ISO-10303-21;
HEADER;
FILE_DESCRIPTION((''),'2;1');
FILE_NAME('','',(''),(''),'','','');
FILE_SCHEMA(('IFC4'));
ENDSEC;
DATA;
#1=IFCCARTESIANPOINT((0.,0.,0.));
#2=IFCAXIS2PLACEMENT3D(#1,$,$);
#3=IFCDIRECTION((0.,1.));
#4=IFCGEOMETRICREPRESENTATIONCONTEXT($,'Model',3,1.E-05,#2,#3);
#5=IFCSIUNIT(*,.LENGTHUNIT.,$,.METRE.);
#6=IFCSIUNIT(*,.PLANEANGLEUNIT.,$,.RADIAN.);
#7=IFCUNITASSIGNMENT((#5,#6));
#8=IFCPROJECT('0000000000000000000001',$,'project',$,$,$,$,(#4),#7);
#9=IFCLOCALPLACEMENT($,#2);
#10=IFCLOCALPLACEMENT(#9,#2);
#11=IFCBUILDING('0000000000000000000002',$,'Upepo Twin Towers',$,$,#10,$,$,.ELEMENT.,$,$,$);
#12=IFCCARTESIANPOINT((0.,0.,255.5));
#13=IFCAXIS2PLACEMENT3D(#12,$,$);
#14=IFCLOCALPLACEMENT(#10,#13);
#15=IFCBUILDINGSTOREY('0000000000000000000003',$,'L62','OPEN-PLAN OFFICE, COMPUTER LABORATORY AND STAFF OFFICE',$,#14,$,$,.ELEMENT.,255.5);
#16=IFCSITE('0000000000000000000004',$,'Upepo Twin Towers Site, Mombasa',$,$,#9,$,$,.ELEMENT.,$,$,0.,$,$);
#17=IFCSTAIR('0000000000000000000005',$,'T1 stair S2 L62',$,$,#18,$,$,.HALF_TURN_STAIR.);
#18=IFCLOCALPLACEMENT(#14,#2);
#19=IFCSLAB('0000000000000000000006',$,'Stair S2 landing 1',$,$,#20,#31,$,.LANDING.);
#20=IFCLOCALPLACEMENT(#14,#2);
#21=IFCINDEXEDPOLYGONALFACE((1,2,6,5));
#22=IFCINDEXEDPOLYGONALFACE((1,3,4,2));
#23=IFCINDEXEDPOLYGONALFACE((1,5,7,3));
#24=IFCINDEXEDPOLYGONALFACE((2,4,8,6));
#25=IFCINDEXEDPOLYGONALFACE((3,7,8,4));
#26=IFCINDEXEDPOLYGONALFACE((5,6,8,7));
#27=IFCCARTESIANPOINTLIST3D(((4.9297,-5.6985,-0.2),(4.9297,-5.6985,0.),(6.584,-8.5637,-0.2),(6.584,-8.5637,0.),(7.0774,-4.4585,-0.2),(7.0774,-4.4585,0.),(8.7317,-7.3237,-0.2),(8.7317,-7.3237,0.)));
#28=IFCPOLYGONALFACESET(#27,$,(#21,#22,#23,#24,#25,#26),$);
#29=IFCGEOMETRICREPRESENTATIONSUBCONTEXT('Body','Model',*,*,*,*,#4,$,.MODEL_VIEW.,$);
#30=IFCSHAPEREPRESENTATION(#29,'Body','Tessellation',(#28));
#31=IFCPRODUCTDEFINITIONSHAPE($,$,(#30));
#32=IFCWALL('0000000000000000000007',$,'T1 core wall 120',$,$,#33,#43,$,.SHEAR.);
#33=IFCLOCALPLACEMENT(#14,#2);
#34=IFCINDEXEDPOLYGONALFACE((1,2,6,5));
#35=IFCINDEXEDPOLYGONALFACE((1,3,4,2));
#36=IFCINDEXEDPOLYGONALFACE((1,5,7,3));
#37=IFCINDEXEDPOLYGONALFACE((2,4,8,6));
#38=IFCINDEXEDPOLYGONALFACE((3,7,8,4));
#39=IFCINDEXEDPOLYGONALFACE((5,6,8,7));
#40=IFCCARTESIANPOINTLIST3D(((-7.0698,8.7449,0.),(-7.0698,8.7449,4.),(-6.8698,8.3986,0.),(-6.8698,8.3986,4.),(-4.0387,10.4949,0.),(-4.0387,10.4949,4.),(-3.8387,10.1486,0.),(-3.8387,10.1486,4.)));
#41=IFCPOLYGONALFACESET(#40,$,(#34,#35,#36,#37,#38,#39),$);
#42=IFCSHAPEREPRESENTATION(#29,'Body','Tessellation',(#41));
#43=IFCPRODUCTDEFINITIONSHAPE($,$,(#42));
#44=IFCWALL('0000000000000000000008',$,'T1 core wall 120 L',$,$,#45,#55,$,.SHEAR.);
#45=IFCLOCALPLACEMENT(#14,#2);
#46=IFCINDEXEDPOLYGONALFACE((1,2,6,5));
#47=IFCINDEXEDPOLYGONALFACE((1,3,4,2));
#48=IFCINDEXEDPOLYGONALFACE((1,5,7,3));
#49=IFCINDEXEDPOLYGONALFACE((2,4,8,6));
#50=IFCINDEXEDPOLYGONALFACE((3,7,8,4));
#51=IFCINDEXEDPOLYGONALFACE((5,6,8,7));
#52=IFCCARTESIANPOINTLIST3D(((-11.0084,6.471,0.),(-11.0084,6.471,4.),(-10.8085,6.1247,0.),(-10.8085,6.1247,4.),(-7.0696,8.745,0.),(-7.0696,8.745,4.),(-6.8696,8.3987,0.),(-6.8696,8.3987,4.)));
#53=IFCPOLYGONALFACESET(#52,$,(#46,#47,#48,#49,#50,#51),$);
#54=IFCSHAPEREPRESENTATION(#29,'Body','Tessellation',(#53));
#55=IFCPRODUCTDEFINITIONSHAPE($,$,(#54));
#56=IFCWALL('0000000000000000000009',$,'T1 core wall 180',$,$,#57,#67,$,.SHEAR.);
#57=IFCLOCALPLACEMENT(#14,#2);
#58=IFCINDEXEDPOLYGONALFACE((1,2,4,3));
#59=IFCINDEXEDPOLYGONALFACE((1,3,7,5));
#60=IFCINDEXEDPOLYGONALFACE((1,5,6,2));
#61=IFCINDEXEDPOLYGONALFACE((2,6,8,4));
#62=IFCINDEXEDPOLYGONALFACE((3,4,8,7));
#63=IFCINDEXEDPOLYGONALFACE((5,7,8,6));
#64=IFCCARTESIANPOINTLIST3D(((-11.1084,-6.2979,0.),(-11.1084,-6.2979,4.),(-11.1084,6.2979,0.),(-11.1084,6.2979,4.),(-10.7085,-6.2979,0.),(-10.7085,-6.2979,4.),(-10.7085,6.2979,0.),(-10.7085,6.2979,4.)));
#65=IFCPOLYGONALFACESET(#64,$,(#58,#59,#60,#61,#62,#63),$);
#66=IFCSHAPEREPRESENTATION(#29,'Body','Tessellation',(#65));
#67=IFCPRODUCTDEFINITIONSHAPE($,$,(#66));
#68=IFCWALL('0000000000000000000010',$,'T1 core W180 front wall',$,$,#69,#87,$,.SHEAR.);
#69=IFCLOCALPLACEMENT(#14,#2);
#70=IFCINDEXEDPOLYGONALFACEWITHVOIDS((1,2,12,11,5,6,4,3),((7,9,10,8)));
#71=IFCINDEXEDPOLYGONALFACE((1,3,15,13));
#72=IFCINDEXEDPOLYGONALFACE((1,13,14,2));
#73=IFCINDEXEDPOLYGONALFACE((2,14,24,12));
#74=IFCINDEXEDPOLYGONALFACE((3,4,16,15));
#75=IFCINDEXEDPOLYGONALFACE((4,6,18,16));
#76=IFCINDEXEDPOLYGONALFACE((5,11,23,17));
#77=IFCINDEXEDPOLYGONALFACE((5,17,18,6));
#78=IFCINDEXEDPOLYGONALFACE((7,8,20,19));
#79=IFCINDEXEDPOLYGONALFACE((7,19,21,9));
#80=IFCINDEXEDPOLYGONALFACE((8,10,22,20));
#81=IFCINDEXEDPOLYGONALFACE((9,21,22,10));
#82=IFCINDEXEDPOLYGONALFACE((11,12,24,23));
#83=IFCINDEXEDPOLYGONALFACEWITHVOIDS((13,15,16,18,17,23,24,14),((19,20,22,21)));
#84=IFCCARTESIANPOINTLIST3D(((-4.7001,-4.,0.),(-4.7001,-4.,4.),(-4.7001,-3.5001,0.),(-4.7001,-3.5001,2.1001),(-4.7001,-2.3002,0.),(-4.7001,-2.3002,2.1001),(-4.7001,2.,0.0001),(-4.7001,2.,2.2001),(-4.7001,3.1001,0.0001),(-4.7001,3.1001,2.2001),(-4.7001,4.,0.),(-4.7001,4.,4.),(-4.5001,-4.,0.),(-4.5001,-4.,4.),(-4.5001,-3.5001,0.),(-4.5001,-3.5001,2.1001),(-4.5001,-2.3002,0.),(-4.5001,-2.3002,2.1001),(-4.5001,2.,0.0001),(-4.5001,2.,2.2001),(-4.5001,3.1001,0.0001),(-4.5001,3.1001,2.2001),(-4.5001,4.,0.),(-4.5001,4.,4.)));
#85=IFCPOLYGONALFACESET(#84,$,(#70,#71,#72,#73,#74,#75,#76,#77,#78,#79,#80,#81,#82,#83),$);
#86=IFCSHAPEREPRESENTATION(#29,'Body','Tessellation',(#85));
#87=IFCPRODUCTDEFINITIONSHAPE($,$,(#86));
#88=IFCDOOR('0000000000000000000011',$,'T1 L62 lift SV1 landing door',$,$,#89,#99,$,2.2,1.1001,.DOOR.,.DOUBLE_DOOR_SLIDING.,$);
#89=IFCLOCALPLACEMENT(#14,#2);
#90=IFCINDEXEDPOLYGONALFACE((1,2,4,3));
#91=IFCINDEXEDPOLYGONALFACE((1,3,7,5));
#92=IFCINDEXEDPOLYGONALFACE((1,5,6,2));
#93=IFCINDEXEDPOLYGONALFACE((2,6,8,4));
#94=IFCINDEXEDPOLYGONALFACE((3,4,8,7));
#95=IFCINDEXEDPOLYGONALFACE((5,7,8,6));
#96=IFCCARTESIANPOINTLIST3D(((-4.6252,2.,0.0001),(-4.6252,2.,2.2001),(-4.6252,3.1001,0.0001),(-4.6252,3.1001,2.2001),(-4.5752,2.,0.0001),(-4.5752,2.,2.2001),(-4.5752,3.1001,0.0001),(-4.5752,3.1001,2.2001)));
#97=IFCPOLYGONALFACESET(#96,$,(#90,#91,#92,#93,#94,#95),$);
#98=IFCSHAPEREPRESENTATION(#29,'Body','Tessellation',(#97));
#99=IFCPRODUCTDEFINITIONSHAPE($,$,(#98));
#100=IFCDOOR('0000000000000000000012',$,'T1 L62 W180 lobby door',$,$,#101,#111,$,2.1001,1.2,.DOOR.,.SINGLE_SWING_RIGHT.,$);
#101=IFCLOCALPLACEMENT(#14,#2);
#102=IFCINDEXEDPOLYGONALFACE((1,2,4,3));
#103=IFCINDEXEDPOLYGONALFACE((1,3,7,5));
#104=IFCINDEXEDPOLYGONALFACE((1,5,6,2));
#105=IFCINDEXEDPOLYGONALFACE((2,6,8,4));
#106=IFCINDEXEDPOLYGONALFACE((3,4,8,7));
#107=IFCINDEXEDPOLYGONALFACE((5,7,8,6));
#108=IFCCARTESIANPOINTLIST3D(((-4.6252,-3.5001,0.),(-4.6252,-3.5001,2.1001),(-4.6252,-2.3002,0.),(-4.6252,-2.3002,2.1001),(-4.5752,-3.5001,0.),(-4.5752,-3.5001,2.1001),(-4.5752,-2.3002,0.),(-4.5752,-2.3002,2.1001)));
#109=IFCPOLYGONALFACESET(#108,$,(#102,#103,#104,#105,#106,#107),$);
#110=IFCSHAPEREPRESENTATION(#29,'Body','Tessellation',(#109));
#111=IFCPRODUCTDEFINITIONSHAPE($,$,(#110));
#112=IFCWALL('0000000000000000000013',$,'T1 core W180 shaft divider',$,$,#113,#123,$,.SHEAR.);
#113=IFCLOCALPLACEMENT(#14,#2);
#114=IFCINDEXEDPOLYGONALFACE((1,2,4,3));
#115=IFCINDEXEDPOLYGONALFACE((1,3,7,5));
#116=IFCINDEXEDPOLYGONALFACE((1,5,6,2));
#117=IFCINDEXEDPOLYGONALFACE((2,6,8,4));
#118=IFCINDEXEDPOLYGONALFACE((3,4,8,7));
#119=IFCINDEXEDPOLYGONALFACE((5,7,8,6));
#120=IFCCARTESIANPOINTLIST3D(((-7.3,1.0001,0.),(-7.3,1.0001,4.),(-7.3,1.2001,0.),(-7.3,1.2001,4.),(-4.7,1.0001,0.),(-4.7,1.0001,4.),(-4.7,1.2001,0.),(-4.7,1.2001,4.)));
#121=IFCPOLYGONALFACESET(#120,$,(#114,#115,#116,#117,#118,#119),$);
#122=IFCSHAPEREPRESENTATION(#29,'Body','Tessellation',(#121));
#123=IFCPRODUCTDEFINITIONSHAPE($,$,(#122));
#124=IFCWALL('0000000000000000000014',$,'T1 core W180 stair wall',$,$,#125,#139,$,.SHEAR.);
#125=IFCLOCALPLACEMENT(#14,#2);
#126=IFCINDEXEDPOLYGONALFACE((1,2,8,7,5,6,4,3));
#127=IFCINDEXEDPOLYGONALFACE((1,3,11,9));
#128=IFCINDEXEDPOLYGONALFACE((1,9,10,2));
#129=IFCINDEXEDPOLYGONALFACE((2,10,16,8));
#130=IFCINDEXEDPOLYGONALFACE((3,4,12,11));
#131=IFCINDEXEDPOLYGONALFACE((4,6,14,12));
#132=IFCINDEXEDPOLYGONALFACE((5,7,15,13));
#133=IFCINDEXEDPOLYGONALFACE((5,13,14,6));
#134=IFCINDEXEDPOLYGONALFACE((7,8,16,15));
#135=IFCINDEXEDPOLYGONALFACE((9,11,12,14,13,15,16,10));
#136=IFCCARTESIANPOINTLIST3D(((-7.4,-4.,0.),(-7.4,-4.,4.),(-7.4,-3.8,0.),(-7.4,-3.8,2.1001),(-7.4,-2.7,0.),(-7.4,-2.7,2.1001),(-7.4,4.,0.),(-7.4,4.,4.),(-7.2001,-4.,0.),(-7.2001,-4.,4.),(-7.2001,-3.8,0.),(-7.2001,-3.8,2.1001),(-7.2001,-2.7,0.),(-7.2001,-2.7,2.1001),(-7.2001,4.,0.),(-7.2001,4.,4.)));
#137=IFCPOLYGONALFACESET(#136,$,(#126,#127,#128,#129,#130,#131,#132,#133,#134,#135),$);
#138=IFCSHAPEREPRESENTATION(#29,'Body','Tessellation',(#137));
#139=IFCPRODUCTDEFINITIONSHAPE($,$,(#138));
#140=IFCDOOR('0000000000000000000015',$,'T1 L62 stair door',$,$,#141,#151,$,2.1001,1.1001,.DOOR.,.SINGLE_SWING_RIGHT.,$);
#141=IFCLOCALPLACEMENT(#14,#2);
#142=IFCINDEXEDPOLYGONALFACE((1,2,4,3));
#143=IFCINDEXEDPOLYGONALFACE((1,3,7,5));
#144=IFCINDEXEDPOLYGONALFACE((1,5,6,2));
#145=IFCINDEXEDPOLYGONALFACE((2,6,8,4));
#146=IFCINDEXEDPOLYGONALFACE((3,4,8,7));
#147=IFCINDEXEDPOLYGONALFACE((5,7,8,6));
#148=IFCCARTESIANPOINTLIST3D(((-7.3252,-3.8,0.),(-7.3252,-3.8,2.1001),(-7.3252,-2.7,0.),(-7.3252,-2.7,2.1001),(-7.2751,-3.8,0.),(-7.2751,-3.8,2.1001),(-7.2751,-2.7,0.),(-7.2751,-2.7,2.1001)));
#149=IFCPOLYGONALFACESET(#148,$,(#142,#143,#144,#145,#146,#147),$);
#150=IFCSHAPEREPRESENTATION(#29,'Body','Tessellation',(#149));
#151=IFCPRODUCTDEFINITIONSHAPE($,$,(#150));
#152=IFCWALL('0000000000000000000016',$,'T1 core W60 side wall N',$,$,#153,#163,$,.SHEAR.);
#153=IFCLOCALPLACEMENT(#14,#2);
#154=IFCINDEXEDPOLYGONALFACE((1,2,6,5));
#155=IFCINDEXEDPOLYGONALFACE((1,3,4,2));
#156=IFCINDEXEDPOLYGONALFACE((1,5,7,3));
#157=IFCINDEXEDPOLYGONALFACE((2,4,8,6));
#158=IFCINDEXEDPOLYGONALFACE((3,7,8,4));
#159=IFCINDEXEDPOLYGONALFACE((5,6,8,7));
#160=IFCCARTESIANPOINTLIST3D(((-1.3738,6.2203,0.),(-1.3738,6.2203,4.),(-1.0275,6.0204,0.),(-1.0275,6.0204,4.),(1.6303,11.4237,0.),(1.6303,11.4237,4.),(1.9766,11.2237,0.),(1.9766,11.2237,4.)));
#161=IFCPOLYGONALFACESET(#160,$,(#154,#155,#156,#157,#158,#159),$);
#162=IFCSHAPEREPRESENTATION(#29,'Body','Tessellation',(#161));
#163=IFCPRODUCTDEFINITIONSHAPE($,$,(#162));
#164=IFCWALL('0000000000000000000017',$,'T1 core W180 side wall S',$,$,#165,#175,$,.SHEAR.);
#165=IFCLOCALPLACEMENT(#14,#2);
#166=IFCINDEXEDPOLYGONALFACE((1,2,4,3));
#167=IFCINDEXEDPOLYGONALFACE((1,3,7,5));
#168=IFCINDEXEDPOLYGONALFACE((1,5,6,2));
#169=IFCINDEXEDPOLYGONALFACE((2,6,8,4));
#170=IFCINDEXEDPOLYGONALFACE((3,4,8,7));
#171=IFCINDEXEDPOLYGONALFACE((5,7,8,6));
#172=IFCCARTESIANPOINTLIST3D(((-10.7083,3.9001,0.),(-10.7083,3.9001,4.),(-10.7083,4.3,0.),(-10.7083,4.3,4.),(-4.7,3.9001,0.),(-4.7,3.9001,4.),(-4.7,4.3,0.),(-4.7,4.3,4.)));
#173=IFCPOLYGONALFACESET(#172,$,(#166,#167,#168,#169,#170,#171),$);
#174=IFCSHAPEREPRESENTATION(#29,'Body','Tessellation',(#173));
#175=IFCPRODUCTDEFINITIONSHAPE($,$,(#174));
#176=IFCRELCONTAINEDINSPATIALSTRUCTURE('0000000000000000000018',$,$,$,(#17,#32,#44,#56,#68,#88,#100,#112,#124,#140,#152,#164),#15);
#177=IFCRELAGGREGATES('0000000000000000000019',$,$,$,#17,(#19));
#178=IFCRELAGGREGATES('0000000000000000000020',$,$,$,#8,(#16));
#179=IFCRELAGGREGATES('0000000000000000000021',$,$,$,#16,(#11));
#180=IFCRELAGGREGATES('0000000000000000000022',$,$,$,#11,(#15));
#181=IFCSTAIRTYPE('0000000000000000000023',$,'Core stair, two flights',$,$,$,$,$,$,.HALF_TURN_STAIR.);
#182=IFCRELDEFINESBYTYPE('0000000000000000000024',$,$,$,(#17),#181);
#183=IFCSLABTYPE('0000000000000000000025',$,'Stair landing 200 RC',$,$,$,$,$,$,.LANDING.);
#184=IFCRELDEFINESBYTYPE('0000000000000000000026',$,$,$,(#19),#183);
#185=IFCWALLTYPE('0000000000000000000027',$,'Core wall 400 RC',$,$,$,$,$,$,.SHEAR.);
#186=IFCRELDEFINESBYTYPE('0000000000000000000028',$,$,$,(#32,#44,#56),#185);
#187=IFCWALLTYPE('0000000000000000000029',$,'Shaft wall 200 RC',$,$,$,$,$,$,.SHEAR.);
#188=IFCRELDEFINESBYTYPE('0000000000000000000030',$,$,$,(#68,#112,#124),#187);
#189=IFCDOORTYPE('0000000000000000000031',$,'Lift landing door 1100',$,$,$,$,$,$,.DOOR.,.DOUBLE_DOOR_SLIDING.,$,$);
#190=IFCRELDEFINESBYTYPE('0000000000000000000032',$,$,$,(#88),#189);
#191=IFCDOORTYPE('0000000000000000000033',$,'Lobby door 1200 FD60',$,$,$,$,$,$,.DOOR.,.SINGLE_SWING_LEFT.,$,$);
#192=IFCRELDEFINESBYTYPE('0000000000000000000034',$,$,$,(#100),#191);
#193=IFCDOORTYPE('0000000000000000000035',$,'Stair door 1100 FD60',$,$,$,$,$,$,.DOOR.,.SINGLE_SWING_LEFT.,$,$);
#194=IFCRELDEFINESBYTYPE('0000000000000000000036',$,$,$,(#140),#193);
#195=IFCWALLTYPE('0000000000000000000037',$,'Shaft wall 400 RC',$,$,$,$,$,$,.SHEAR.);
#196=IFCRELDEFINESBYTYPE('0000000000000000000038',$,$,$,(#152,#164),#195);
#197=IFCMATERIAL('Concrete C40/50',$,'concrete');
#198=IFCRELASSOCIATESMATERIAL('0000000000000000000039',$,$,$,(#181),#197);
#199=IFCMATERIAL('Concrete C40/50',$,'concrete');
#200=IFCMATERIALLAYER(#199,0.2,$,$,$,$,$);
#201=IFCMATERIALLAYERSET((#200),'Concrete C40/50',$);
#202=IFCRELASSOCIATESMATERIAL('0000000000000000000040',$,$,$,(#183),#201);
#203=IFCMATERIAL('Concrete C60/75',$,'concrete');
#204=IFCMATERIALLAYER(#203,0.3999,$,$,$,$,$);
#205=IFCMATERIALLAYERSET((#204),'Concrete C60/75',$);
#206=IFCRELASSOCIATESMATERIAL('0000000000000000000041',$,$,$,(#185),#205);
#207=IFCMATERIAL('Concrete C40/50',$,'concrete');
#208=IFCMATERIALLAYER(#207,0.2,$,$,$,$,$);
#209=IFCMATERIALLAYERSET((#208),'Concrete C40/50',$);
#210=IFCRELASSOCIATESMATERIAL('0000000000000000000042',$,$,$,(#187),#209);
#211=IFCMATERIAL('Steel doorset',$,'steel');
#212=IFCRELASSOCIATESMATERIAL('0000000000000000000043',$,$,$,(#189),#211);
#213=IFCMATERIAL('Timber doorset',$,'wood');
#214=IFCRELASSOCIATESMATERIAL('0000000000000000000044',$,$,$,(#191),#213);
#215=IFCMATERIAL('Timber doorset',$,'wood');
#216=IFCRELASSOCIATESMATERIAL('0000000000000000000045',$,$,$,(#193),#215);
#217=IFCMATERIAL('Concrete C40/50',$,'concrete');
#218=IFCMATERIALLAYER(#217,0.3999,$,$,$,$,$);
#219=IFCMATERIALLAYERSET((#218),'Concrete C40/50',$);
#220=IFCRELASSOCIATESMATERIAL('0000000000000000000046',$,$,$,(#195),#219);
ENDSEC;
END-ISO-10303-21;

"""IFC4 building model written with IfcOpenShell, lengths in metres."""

from ifc_helpers import new_model, si_unit, direction, frame, frame_2d, origin, place, context, subcontext, project, spatial, polyline, rectangle, outline, extrude, material, layer, layer_set, type_object, element, fill, aggregate, save


model = new_model("IFC4")

# Units and contexts
model_context = context("Model", 3, precision=1e-05, world=origin(), true_north=direction((0.0, 1.0)))
body_context = subcontext(model_context, "Body", "Model", "MODEL_VIEW")
ifc_project = project(units=[si_unit("LENGTHUNIT", "METRE"), si_unit("PLANEANGLEUNIT", "RADIAN")], contexts=[model_context])

# Site, building, storey
site_placement = place(None, origin())
site = spatial("IfcSite", under=ifc_project, at=site_placement, Name="Upepo Twin Towers Site, Mombasa", CompositionType="ELEMENT", RefElevation=0.0)
building_placement = place(site_placement, origin())
building = spatial("IfcBuilding", under=site, at=building_placement, Name="Upepo Twin Towers", CompositionType="ELEMENT")
storey_placement = place(building_placement, frame((0.0, 0.0, 255.5)))
storey = spatial("IfcBuildingStorey", under=building, at=storey_placement, Name="L62", Description="OPEN-PLAN OFFICE, COMPUTER LABORATORY AND STAFF OFFICE", CompositionType="ELEMENT", Elevation=255.5)

# Stair, slab
ifc_material_1 = material(Name="Concrete C40/50", Category="concrete")
stair_type = type_object("IfcStairType", Name="Core stair, two flights", PredefinedType="HALF_TURN_STAIR", material=ifc_material_1)
stair_1_placement = place(storey_placement, origin())
stair_1 = element("IfcStair", 1, at=stair_1_placement, inside=storey, type_object=stair_type, Name="T1 stair S2 L62", PredefinedType="HALF_TURN_STAIR")
ifc_material_2 = material(Name="Concrete C40/50", Category="concrete")
ifc_layer_1 = layer(ifc_material_2, 0.2)
ifc_layer_set_1 = layer_set([ifc_layer_1], Name="Concrete C40/50")
slab_type = type_object("IfcSlabType", Name="Stair landing 200 RC", PredefinedType="LANDING", material=ifc_layer_set_1)
slab_placement = place(storey_placement, frame((0.0, 0.0, -0.2)))
slab = element("IfcSlab", 2, at=slab_placement, type_object=slab_type, Name="Stair S2 landing 1", PredefinedType="LANDING", context=body_context, shape_type="SweptSolid", body=[
    extrude(outline(polyline([(4.9297, -5.6985), (6.584, -8.5637), (8.7317, -7.3237), (7.0774, -4.4585), (4.9297, -5.6985)])), origin(), (0.0, 0.0, 1.0), 0.2),
])
aggregate(stair_1, [slab])

# Walls
ifc_material_3 = material(Name="Concrete C60/75", Category="concrete")
ifc_layer_2 = layer(ifc_material_3, 0.3999)
ifc_layer_set_2 = layer_set([ifc_layer_2], Name="Concrete C60/75")
wall_type_1 = type_object("IfcWallType", Name="Core wall 400 RC", PredefinedType="SHEAR", material=ifc_layer_set_2)
wall_1_placement = place(storey_placement, frame((-3.9387, 10.3218, 0.0), z_axis=(0.0, 0.0, 1.0), x_axis=(-0.866019, -0.50001, 0.0)))
element("IfcWall", 3, at=wall_1_placement, inside=storey, type_object=wall_type_1, Name="T1 core wall 120", PredefinedType="SHEAR", context=body_context, shape_type="SweptSolid", body=[
    extrude(rectangle(XDim=3.5, YDim=0.3999, at=frame_2d((1.75, 0.0))), origin(), (0.0, 0.0, 1.0), 4.0),
])
wall_2_placement = place(storey_placement, frame((-6.9697, 8.5718, 0.0), z_axis=(0.0, 0.0, 1.0), x_axis=(-0.866035, -0.499984, 0.0)))
element("IfcWall", 4, at=wall_2_placement, inside=storey, type_object=wall_type_1, Name="T1 core wall 120 L", PredefinedType="SHEAR", context=body_context, shape_type="SweptSolid", body=[
    extrude(rectangle(XDim=4.5481, YDim=0.3999, at=frame_2d((2.2739, 0.0))), origin(), (0.0, 0.0, 1.0), 4.0),
])
wall_3_placement = place(storey_placement, frame((-10.9084, 6.2979, 0.0), z_axis=(0.0, 0.0, 1.0), x_axis=(0.0, -1.0, 0.0)))
element("IfcWall", 5, at=wall_3_placement, inside=storey, type_object=wall_type_1, Name="T1 core wall 180", PredefinedType="SHEAR", context=body_context, shape_type="SweptSolid", body=[
    extrude(rectangle(XDim=12.5957, YDim=0.3999, at=frame_2d((6.2979, 0.0))), origin(), (0.0, 0.0, 1.0), 4.0),
])

# Wall, openings, doors
ifc_material_4 = material(Name="Concrete C40/50", Category="concrete")
ifc_layer_3 = layer(ifc_material_4, 0.2)
ifc_layer_set_3 = layer_set([ifc_layer_3], Name="Concrete C40/50")
wall_type_2 = type_object("IfcWallType", Name="Shaft wall 200 RC", PredefinedType="SHEAR", material=ifc_layer_set_3)
wall_4_placement = place(storey_placement, frame((-4.6001, 4.0, 0.0), z_axis=(0.0, 0.0, 1.0), x_axis=(0.0, -1.0, 0.0)))
wall_4 = element("IfcWall", 6, at=wall_4_placement, inside=storey, type_object=wall_type_2, Name="T1 core W180 front wall", PredefinedType="SHEAR", context=body_context, shape_type="SweptSolid", body=[
    extrude(rectangle(XDim=8.0, YDim=0.2, at=frame_2d((4.0, 0.0))), origin(), (0.0, 0.0, 1.0), 4.0),
])
opening_1_placement = place(wall_4_placement, frame((6.3, 0.0, 0.0)))
opening_1 = element("IfcOpeningElement", 7, at=opening_1_placement, cuts=wall_4, PredefinedType="OPENING", context=body_context, shape_type="SweptSolid", body=[
    extrude(rectangle(XDim=1.2, YDim=2.1001, at=frame_2d((0.6001, 1.05))), frame((0.0, 0.1099, 0.0), z_axis=(0.0, -1.0, 0.0), x_axis=(1.0, 0.0, 0.0)), (0.0, 0.0, 1.0), 0.22),
])
opening_2_placement = place(wall_4_placement, frame((0.8999, 0.0, 0.0)))
opening_2 = element("IfcOpeningElement", 8, at=opening_2_placement, cuts=wall_4, PredefinedType="OPENING", context=body_context, shape_type="SweptSolid", body=[
    extrude(rectangle(XDim=1.1001, YDim=2.2, at=frame_2d((0.55, 1.1001))), frame((0.0, 0.1099, 0.0), z_axis=(0.0, -1.0, 0.0), x_axis=(1.0, 0.0, 0.0)), (0.0, 0.0, 1.0), 0.22),
])
ifc_material_5 = material(Name="Steel doorset", Category="steel")
door_type_1 = type_object("IfcDoorType", Name="Lift landing door 1100", OperationType="DOUBLE_DOOR_SLIDING", PredefinedType="DOOR", material=ifc_material_5)
door_1_placement = place(opening_2_placement, origin())
door_1 = element("IfcDoor", 9, at=door_1_placement, inside=storey, type_object=door_type_1, Name="T1 L62 lift SV1 landing door", OperationType="DOUBLE_DOOR_SLIDING", OverallHeight=2.2, OverallWidth=1.1001, PredefinedType="DOOR", context=body_context, shape_type="SweptSolid", body=[
    extrude(rectangle(XDim=1.1001, YDim=2.2, at=frame_2d((0.55, 1.1001))), frame((0.0, 0.0249, 0.0), z_axis=(0.0, -1.0, 0.0), x_axis=(1.0, 0.0, 0.0)), (0.0, 0.0, 1.0), 0.05),
])
fill(opening_2, door_1)
ifc_material_6 = material(Name="Timber doorset", Category="wood")
door_type_2 = type_object("IfcDoorType", Name="Lobby door 1200 FD60", OperationType="SINGLE_SWING_LEFT", PredefinedType="DOOR", material=ifc_material_6)
door_2_placement = place(opening_1_placement, origin())
door_2 = element("IfcDoor", 10, at=door_2_placement, inside=storey, type_object=door_type_2, Name="T1 L62 W180 lobby door", OperationType="SINGLE_SWING_RIGHT", OverallHeight=2.1001, OverallWidth=1.2, PredefinedType="DOOR", context=body_context, shape_type="SweptSolid", body=[
    extrude(rectangle(XDim=1.2, YDim=2.1001, at=frame_2d((0.6001, 1.05))), frame((0.0, 0.0249, 0.0), z_axis=(0.0, -1.0, 0.0), x_axis=(1.0, 0.0, 0.0)), (0.0, 0.0, 1.0), 0.05),
])
fill(opening_1, door_2)

# Wall
wall_5_placement = place(storey_placement, frame((-4.7, 1.1001, 0.0), z_axis=(0.0, 0.0, 1.0), x_axis=(-1.0, 0.0, 0.0)))
element("IfcWall", 11, at=wall_5_placement, inside=storey, type_object=wall_type_2, Name="T1 core W180 shaft divider", PredefinedType="SHEAR", context=body_context, shape_type="SweptSolid", body=[
    extrude(rectangle(XDim=2.6001, YDim=0.2, at=frame_2d((1.3, 0.0))), origin(), (0.0, 0.0, 1.0), 4.0),
])

# Wall, opening, door
wall_6_placement = place(storey_placement, frame((-7.3, 4.0, 0.0), z_axis=(0.0, 0.0, 1.0), x_axis=(0.0, -1.0, 0.0)))
wall_6 = element("IfcWall", 12, at=wall_6_placement, inside=storey, type_object=wall_type_2, Name="T1 core W180 stair wall", PredefinedType="SHEAR", context=body_context, shape_type="SweptSolid", body=[
    extrude(rectangle(XDim=8.0, YDim=0.2, at=frame_2d((4.0, 0.0))), origin(), (0.0, 0.0, 1.0), 4.0),
])
opening_3_placement = place(wall_6_placement, frame((6.7, 0.0, 0.0)))
opening_3 = element("IfcOpeningElement", 13, at=opening_3_placement, cuts=wall_6, PredefinedType="OPENING", context=body_context, shape_type="SweptSolid", body=[
    extrude(rectangle(XDim=1.1001, YDim=2.1001, at=frame_2d((0.55, 1.05))), frame((0.0, 0.1099, 0.0), z_axis=(0.0, -1.0, 0.0), x_axis=(1.0, 0.0, 0.0)), (0.0, 0.0, 1.0), 0.22),
])
ifc_material_7 = material(Name="Timber doorset", Category="wood")
door_type_3 = type_object("IfcDoorType", Name="Stair door 1100 FD60", OperationType="SINGLE_SWING_LEFT", PredefinedType="DOOR", material=ifc_material_7)
door_3_placement = place(opening_3_placement, origin())
door_3 = element("IfcDoor", 14, at=door_3_placement, inside=storey, type_object=door_type_3, Name="T1 L62 stair door", OperationType="SINGLE_SWING_RIGHT", OverallHeight=2.1001, OverallWidth=1.1001, PredefinedType="DOOR", context=body_context, shape_type="SweptSolid", body=[
    extrude(rectangle(XDim=1.1001, YDim=2.1001, at=frame_2d((0.55, 1.05))), frame((0.0, 0.0249, 0.0), z_axis=(0.0, -1.0, 0.0), x_axis=(1.0, 0.0, 0.0)), (0.0, 0.0, 1.0), 0.05),
])
fill(opening_3, door_3)

# Walls
ifc_material_8 = material(Name="Concrete C40/50", Category="concrete")
ifc_layer_4 = layer(ifc_material_8, 0.3999)
ifc_layer_set_4 = layer_set([ifc_layer_4], Name="Concrete C40/50")
wall_type_3 = type_object("IfcWallType", Name="Shaft wall 400 RC", PredefinedType="SHEAR", material=ifc_layer_set_4)
for number, where, z_axis, x_axis, name in (
    (15, (-1.2007, 6.1204, 0.0), (0.0, 0.0, 1.0), (0.499998, 0.866027, 0.0), "T1 core W60 side wall N"),
    (16, (-4.7, 4.1001, 0.0), (0.0, 0.0, 1.0), (-1.0, 0.0, 0.0), "T1 core W180 side wall S"),
):
    element("IfcWall", number, at=place(storey_placement, frame(where, z_axis=z_axis, x_axis=x_axis)), inside=storey, type_object=wall_type_3, Name=name, PredefinedType="SHEAR", context=body_context, shape_type="SweptSolid", body=[
        extrude(rectangle(XDim=6.0083, YDim=0.3999, at=frame_2d((3.0042, 0.0))), origin(), (0.0, 0.0, 1.0), 4.0),
    ])

save(model, "model.ifc")
